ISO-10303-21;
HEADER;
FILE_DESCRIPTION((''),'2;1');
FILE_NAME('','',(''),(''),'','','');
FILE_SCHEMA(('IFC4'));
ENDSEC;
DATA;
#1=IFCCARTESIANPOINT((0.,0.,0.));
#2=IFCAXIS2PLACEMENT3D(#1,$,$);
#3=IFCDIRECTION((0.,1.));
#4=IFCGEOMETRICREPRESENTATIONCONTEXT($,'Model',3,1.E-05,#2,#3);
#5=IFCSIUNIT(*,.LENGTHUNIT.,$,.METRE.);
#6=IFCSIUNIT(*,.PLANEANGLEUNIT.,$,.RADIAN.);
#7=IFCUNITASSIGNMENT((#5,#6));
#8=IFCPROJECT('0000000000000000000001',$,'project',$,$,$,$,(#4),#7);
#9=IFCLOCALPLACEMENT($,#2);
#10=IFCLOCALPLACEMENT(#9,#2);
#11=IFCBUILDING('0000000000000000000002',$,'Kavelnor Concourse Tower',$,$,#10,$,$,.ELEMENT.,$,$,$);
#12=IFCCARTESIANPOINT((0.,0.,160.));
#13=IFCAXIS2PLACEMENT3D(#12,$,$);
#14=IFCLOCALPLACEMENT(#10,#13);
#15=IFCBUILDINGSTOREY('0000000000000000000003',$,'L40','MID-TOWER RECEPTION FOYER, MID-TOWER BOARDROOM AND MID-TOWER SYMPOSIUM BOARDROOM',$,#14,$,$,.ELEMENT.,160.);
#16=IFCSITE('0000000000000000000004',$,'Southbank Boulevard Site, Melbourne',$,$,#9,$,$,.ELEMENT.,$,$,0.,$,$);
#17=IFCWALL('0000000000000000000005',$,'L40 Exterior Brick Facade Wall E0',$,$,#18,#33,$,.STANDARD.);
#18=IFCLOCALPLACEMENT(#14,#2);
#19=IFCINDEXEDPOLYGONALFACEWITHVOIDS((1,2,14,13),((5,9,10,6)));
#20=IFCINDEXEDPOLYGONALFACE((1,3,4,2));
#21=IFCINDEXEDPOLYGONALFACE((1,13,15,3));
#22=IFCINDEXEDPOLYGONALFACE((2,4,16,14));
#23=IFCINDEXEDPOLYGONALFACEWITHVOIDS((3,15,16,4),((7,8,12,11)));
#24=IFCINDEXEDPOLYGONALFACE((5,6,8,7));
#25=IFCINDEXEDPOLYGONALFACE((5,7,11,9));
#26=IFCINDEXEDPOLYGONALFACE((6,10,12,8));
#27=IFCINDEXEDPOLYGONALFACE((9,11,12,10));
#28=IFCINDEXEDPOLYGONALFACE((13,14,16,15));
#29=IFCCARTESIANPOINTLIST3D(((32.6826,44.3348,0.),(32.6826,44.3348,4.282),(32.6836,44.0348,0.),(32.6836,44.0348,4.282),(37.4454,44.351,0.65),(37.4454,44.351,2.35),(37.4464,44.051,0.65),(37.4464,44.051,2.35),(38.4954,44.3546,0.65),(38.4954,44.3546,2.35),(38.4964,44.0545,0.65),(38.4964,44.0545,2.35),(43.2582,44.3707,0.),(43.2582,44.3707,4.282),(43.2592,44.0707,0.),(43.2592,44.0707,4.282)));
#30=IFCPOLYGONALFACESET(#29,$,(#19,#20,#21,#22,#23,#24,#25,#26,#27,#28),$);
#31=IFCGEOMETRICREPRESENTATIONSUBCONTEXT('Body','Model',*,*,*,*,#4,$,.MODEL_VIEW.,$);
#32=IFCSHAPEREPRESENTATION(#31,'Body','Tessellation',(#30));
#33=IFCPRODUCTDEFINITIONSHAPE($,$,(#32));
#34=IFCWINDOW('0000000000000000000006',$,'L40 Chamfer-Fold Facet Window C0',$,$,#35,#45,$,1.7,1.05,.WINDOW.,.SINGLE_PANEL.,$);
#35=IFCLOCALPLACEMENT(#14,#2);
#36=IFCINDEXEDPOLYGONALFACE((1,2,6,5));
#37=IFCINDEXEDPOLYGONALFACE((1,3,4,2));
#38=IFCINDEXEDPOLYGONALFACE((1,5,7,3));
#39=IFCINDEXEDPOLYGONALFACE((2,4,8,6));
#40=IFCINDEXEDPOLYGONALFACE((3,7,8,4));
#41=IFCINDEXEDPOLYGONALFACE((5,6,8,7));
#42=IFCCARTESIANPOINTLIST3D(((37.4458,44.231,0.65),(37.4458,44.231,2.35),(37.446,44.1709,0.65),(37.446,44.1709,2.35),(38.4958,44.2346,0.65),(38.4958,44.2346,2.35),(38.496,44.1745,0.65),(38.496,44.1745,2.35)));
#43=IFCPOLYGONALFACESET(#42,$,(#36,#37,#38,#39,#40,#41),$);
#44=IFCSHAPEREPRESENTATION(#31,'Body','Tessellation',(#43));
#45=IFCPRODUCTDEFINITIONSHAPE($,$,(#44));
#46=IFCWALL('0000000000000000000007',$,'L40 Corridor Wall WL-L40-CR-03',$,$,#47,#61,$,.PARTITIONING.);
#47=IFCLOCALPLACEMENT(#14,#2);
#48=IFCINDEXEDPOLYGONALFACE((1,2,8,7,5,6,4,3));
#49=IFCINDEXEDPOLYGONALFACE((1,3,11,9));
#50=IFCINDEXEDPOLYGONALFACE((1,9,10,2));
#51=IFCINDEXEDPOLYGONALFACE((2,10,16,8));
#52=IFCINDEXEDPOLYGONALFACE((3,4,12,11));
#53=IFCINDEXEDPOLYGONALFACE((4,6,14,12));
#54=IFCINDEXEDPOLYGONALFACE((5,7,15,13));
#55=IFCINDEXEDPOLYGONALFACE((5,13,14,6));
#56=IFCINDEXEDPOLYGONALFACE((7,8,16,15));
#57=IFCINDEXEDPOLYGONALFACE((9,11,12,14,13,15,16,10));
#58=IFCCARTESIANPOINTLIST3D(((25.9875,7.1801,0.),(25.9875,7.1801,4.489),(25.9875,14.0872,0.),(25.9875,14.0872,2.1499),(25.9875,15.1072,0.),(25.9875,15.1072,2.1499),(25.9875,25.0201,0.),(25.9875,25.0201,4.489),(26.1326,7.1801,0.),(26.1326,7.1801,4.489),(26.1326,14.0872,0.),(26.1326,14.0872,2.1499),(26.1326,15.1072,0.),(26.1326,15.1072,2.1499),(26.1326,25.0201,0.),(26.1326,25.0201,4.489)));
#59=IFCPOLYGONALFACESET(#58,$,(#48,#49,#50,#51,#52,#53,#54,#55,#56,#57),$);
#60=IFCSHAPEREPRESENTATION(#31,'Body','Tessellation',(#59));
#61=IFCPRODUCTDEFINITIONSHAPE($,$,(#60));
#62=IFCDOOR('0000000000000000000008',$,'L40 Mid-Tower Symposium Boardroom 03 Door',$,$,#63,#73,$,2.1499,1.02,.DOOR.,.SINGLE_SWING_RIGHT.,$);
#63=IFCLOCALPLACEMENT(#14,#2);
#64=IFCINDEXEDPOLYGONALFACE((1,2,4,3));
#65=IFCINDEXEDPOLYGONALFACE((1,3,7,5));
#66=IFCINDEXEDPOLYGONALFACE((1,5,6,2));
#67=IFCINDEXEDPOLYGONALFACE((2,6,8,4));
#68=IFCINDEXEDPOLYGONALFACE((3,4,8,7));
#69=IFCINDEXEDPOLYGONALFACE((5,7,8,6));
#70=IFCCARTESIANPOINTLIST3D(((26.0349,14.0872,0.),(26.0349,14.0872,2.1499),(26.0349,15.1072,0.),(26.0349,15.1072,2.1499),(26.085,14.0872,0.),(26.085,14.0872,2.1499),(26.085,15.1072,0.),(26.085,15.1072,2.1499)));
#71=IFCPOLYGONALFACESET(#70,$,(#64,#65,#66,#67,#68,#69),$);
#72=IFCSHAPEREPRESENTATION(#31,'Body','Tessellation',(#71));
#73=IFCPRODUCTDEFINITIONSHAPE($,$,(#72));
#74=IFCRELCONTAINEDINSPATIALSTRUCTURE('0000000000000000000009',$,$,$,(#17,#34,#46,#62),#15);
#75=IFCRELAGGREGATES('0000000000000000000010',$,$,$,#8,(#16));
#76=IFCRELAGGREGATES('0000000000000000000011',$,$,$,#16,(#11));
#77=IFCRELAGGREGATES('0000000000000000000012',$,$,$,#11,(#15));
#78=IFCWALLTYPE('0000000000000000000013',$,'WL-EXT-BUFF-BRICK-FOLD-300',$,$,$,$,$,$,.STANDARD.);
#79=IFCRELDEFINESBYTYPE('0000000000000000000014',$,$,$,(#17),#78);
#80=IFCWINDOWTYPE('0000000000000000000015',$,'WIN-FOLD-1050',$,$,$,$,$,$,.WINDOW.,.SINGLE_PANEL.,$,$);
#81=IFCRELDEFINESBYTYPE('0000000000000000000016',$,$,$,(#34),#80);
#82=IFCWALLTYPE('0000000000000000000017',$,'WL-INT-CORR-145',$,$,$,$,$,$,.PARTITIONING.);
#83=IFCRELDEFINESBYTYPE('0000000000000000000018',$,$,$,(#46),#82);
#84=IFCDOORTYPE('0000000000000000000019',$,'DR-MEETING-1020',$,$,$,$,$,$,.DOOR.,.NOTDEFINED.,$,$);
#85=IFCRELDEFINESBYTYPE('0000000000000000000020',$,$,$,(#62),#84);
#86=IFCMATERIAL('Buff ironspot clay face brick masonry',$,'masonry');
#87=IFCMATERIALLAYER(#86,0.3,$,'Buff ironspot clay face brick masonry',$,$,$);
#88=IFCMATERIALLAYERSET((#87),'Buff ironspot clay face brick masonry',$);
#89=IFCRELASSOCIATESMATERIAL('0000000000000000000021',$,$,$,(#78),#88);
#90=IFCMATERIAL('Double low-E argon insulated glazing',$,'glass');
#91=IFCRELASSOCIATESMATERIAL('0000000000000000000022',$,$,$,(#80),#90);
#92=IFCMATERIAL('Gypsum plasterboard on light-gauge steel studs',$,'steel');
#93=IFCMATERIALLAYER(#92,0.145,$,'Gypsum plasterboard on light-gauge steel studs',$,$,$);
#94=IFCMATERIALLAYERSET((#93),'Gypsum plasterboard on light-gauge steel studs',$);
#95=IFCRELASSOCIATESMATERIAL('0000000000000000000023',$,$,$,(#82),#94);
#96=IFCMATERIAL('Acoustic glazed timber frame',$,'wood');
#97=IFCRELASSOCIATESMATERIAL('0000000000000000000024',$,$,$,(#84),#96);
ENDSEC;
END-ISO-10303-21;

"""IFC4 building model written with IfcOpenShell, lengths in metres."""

from ifc_helpers import new_model, si_unit, direction, frame, frame_2d, origin, place, context, subcontext, project, spatial, rectangle, extrude, material, layer, layer_set, type_object, element, fill, save


model = new_model("IFC4")

# Units and contexts
model_context = context("Model", 3, precision=1e-05, world=origin(), true_north=direction((0.0, 1.0)))
body_context = subcontext(model_context, "Body", "Model", "MODEL_VIEW")
ifc_project = project(units=[si_unit("LENGTHUNIT", "METRE"), si_unit("PLANEANGLEUNIT", "RADIAN")], contexts=[model_context])

# Site, building, storey
site_placement = place(None, origin())
site = spatial("IfcSite", under=ifc_project, at=site_placement, Name="Southbank Boulevard Site, Melbourne", CompositionType="ELEMENT", RefElevation=0.0)
building_placement = place(site_placement, origin())
building = spatial("IfcBuilding", under=site, at=building_placement, Name="Kavelnor Concourse Tower", CompositionType="ELEMENT")
storey_placement = place(building_placement, frame((0.0, 0.0, 160.0)))
storey = spatial("IfcBuildingStorey", under=building, at=storey_placement, Name="L40", Description="MID-TOWER RECEPTION FOYER, MID-TOWER BOARDROOM AND MID-TOWER SYMPOSIUM BOARDROOM", CompositionType="ELEMENT", Elevation=160.0)

# Shared definitions
ifc_material_1 = material(Name="Double low-E argon insulated glazing", Category="glass")

# Wall, opening, window
ifc_material_2 = material(Name="Buff ironspot clay face brick masonry", Category="masonry")
ifc_layer_1 = layer(ifc_material_2, 0.3, Name="Buff ironspot clay face brick masonry")
ifc_layer_set_1 = layer_set([ifc_layer_1], Name="Buff ironspot clay face brick masonry")
wall_type_1 = type_object("IfcWallType", Name="WL-EXT-BUFF-BRICK-FOLD-300", PredefinedType="STANDARD", material=ifc_layer_set_1)
wall_1_placement = place(storey_placement, frame((32.6831, 44.1848, 0.0), z_axis=(0.0, 0.0, 1.0), x_axis=(0.999994, 0.003393, 0.0)))
wall_1 = element("IfcWall", 1, at=wall_1_placement, inside=storey, type_object=wall_type_1, Name="L40 Exterior Brick Facade Wall E0", PredefinedType="STANDARD", context=body_context, shape_type="SweptSolid", body=[
    extrude(rectangle(XDim=10.5757, YDim=0.3, at=frame_2d((5.2878, 0.0))), origin(), (0.0, 0.0, 1.0), 4.282),
])
opening_1_placement = place(wall_1_placement, frame((4.7629, 0.0, 0.6499)))
opening_1 = element("IfcOpeningElement", 2, at=opening_1_placement, cuts=wall_1, PredefinedType="OPENING", context=body_context, shape_type="SweptSolid", body=[
    extrude(rectangle(XDim=1.05, YDim=1.7, at=frame_2d((0.5249, 0.8501))), frame((0.0, 0.1602, 0.0), z_axis=(0.0, -1.0, 0.0), x_axis=(1.0, 0.0, 0.0)), (0.0, 0.0, 1.0), 0.3201),
])
window_type = type_object("IfcWindowType", Name="WIN-FOLD-1050", PartitioningType="SINGLE_PANEL", PredefinedType="WINDOW", material=ifc_material_1)
window_placement = place(opening_1_placement, origin())
window = element("IfcWindow", 3, at=window_placement, inside=storey, type_object=window_type, Name="L40 Chamfer-Fold Facet Window C0", OverallHeight=1.7, OverallWidth=1.05, PartitioningType="SINGLE_PANEL", PredefinedType="WINDOW", context=body_context, shape_type="SweptSolid", body=[
    extrude(rectangle(XDim=1.05, YDim=1.7, at=frame_2d((0.5249, 0.8501))), frame((0.0, 0.03, 0.0), z_axis=(0.0, -1.0, 0.0), x_axis=(1.0, 0.0, 0.0)), (0.0, 0.0, 1.0), 0.0601),
])
fill(opening_1, window)

# Wall, opening, door
ifc_material_3 = material(Name="Gypsum plasterboard on light-gauge steel studs", Category="steel")
ifc_layer_2 = layer(ifc_material_3, 0.145, Name="Gypsum plasterboard on light-gauge steel studs")
ifc_layer_set_2 = layer_set([ifc_layer_2], Name="Gypsum plasterboard on light-gauge steel studs")
wall_type_2 = type_object("IfcWallType", Name="WL-INT-CORR-145", PredefinedType="PARTITIONING", material=ifc_layer_set_2)
wall_2_placement = place(storey_placement, frame((26.0601, 25.02, 0.0), z_axis=(0.0, 0.0, 1.0), x_axis=(0.0, -1.0, 0.0)))
wall_2 = element("IfcWall", 4, at=wall_2_placement, inside=storey, type_object=wall_type_2, Name="L40 Corridor Wall WL-L40-CR-03", PredefinedType="PARTITIONING", context=body_context, shape_type="SweptSolid", body=[
    extrude(rectangle(XDim=17.8401, YDim=0.145, at=frame_2d((8.9199, 0.0))), origin(), (0.0, 0.0, 1.0), 4.489),
])
opening_2_placement = place(wall_2_placement, frame((9.9128, 0.0, 0.0)))
opening_2 = element("IfcOpeningElement", 5, at=opening_2_placement, cuts=wall_2, PredefinedType="OPENING", context=body_context, shape_type="SweptSolid", body=[
    extrude(rectangle(XDim=1.02, YDim=2.1499, at=frame_2d((0.51, 1.075))), frame((0.0, 0.0825, 0.0), z_axis=(0.0, -1.0, 0.0), x_axis=(1.0, 0.0, 0.0)), (0.0, 0.0, 1.0), 0.165),
])
ifc_material_4 = material(Name="Acoustic glazed timber frame", Category="wood")
door_type = type_object("IfcDoorType", Name="DR-MEETING-1020", OperationType="NOTDEFINED", PredefinedType="DOOR", material=ifc_material_4)
door_placement = place(opening_2_placement, origin())
door = element("IfcDoor", 6, at=door_placement, inside=storey, type_object=door_type, Name="L40 Mid-Tower Symposium Boardroom 03 Door", OperationType="SINGLE_SWING_RIGHT", OverallHeight=2.1499, OverallWidth=1.02, PredefinedType="DOOR", context=body_context, shape_type="SweptSolid", body=[
    extrude(rectangle(XDim=1.02, YDim=2.1499, at=frame_2d((0.51, 1.075))), frame((0.0, 0.0249, 0.0), z_axis=(0.0, -1.0, 0.0), x_axis=(1.0, 0.0, 0.0)), (0.0, 0.0, 1.0), 0.05),
])
fill(opening_2, door)

save(model, "model.ifc")
